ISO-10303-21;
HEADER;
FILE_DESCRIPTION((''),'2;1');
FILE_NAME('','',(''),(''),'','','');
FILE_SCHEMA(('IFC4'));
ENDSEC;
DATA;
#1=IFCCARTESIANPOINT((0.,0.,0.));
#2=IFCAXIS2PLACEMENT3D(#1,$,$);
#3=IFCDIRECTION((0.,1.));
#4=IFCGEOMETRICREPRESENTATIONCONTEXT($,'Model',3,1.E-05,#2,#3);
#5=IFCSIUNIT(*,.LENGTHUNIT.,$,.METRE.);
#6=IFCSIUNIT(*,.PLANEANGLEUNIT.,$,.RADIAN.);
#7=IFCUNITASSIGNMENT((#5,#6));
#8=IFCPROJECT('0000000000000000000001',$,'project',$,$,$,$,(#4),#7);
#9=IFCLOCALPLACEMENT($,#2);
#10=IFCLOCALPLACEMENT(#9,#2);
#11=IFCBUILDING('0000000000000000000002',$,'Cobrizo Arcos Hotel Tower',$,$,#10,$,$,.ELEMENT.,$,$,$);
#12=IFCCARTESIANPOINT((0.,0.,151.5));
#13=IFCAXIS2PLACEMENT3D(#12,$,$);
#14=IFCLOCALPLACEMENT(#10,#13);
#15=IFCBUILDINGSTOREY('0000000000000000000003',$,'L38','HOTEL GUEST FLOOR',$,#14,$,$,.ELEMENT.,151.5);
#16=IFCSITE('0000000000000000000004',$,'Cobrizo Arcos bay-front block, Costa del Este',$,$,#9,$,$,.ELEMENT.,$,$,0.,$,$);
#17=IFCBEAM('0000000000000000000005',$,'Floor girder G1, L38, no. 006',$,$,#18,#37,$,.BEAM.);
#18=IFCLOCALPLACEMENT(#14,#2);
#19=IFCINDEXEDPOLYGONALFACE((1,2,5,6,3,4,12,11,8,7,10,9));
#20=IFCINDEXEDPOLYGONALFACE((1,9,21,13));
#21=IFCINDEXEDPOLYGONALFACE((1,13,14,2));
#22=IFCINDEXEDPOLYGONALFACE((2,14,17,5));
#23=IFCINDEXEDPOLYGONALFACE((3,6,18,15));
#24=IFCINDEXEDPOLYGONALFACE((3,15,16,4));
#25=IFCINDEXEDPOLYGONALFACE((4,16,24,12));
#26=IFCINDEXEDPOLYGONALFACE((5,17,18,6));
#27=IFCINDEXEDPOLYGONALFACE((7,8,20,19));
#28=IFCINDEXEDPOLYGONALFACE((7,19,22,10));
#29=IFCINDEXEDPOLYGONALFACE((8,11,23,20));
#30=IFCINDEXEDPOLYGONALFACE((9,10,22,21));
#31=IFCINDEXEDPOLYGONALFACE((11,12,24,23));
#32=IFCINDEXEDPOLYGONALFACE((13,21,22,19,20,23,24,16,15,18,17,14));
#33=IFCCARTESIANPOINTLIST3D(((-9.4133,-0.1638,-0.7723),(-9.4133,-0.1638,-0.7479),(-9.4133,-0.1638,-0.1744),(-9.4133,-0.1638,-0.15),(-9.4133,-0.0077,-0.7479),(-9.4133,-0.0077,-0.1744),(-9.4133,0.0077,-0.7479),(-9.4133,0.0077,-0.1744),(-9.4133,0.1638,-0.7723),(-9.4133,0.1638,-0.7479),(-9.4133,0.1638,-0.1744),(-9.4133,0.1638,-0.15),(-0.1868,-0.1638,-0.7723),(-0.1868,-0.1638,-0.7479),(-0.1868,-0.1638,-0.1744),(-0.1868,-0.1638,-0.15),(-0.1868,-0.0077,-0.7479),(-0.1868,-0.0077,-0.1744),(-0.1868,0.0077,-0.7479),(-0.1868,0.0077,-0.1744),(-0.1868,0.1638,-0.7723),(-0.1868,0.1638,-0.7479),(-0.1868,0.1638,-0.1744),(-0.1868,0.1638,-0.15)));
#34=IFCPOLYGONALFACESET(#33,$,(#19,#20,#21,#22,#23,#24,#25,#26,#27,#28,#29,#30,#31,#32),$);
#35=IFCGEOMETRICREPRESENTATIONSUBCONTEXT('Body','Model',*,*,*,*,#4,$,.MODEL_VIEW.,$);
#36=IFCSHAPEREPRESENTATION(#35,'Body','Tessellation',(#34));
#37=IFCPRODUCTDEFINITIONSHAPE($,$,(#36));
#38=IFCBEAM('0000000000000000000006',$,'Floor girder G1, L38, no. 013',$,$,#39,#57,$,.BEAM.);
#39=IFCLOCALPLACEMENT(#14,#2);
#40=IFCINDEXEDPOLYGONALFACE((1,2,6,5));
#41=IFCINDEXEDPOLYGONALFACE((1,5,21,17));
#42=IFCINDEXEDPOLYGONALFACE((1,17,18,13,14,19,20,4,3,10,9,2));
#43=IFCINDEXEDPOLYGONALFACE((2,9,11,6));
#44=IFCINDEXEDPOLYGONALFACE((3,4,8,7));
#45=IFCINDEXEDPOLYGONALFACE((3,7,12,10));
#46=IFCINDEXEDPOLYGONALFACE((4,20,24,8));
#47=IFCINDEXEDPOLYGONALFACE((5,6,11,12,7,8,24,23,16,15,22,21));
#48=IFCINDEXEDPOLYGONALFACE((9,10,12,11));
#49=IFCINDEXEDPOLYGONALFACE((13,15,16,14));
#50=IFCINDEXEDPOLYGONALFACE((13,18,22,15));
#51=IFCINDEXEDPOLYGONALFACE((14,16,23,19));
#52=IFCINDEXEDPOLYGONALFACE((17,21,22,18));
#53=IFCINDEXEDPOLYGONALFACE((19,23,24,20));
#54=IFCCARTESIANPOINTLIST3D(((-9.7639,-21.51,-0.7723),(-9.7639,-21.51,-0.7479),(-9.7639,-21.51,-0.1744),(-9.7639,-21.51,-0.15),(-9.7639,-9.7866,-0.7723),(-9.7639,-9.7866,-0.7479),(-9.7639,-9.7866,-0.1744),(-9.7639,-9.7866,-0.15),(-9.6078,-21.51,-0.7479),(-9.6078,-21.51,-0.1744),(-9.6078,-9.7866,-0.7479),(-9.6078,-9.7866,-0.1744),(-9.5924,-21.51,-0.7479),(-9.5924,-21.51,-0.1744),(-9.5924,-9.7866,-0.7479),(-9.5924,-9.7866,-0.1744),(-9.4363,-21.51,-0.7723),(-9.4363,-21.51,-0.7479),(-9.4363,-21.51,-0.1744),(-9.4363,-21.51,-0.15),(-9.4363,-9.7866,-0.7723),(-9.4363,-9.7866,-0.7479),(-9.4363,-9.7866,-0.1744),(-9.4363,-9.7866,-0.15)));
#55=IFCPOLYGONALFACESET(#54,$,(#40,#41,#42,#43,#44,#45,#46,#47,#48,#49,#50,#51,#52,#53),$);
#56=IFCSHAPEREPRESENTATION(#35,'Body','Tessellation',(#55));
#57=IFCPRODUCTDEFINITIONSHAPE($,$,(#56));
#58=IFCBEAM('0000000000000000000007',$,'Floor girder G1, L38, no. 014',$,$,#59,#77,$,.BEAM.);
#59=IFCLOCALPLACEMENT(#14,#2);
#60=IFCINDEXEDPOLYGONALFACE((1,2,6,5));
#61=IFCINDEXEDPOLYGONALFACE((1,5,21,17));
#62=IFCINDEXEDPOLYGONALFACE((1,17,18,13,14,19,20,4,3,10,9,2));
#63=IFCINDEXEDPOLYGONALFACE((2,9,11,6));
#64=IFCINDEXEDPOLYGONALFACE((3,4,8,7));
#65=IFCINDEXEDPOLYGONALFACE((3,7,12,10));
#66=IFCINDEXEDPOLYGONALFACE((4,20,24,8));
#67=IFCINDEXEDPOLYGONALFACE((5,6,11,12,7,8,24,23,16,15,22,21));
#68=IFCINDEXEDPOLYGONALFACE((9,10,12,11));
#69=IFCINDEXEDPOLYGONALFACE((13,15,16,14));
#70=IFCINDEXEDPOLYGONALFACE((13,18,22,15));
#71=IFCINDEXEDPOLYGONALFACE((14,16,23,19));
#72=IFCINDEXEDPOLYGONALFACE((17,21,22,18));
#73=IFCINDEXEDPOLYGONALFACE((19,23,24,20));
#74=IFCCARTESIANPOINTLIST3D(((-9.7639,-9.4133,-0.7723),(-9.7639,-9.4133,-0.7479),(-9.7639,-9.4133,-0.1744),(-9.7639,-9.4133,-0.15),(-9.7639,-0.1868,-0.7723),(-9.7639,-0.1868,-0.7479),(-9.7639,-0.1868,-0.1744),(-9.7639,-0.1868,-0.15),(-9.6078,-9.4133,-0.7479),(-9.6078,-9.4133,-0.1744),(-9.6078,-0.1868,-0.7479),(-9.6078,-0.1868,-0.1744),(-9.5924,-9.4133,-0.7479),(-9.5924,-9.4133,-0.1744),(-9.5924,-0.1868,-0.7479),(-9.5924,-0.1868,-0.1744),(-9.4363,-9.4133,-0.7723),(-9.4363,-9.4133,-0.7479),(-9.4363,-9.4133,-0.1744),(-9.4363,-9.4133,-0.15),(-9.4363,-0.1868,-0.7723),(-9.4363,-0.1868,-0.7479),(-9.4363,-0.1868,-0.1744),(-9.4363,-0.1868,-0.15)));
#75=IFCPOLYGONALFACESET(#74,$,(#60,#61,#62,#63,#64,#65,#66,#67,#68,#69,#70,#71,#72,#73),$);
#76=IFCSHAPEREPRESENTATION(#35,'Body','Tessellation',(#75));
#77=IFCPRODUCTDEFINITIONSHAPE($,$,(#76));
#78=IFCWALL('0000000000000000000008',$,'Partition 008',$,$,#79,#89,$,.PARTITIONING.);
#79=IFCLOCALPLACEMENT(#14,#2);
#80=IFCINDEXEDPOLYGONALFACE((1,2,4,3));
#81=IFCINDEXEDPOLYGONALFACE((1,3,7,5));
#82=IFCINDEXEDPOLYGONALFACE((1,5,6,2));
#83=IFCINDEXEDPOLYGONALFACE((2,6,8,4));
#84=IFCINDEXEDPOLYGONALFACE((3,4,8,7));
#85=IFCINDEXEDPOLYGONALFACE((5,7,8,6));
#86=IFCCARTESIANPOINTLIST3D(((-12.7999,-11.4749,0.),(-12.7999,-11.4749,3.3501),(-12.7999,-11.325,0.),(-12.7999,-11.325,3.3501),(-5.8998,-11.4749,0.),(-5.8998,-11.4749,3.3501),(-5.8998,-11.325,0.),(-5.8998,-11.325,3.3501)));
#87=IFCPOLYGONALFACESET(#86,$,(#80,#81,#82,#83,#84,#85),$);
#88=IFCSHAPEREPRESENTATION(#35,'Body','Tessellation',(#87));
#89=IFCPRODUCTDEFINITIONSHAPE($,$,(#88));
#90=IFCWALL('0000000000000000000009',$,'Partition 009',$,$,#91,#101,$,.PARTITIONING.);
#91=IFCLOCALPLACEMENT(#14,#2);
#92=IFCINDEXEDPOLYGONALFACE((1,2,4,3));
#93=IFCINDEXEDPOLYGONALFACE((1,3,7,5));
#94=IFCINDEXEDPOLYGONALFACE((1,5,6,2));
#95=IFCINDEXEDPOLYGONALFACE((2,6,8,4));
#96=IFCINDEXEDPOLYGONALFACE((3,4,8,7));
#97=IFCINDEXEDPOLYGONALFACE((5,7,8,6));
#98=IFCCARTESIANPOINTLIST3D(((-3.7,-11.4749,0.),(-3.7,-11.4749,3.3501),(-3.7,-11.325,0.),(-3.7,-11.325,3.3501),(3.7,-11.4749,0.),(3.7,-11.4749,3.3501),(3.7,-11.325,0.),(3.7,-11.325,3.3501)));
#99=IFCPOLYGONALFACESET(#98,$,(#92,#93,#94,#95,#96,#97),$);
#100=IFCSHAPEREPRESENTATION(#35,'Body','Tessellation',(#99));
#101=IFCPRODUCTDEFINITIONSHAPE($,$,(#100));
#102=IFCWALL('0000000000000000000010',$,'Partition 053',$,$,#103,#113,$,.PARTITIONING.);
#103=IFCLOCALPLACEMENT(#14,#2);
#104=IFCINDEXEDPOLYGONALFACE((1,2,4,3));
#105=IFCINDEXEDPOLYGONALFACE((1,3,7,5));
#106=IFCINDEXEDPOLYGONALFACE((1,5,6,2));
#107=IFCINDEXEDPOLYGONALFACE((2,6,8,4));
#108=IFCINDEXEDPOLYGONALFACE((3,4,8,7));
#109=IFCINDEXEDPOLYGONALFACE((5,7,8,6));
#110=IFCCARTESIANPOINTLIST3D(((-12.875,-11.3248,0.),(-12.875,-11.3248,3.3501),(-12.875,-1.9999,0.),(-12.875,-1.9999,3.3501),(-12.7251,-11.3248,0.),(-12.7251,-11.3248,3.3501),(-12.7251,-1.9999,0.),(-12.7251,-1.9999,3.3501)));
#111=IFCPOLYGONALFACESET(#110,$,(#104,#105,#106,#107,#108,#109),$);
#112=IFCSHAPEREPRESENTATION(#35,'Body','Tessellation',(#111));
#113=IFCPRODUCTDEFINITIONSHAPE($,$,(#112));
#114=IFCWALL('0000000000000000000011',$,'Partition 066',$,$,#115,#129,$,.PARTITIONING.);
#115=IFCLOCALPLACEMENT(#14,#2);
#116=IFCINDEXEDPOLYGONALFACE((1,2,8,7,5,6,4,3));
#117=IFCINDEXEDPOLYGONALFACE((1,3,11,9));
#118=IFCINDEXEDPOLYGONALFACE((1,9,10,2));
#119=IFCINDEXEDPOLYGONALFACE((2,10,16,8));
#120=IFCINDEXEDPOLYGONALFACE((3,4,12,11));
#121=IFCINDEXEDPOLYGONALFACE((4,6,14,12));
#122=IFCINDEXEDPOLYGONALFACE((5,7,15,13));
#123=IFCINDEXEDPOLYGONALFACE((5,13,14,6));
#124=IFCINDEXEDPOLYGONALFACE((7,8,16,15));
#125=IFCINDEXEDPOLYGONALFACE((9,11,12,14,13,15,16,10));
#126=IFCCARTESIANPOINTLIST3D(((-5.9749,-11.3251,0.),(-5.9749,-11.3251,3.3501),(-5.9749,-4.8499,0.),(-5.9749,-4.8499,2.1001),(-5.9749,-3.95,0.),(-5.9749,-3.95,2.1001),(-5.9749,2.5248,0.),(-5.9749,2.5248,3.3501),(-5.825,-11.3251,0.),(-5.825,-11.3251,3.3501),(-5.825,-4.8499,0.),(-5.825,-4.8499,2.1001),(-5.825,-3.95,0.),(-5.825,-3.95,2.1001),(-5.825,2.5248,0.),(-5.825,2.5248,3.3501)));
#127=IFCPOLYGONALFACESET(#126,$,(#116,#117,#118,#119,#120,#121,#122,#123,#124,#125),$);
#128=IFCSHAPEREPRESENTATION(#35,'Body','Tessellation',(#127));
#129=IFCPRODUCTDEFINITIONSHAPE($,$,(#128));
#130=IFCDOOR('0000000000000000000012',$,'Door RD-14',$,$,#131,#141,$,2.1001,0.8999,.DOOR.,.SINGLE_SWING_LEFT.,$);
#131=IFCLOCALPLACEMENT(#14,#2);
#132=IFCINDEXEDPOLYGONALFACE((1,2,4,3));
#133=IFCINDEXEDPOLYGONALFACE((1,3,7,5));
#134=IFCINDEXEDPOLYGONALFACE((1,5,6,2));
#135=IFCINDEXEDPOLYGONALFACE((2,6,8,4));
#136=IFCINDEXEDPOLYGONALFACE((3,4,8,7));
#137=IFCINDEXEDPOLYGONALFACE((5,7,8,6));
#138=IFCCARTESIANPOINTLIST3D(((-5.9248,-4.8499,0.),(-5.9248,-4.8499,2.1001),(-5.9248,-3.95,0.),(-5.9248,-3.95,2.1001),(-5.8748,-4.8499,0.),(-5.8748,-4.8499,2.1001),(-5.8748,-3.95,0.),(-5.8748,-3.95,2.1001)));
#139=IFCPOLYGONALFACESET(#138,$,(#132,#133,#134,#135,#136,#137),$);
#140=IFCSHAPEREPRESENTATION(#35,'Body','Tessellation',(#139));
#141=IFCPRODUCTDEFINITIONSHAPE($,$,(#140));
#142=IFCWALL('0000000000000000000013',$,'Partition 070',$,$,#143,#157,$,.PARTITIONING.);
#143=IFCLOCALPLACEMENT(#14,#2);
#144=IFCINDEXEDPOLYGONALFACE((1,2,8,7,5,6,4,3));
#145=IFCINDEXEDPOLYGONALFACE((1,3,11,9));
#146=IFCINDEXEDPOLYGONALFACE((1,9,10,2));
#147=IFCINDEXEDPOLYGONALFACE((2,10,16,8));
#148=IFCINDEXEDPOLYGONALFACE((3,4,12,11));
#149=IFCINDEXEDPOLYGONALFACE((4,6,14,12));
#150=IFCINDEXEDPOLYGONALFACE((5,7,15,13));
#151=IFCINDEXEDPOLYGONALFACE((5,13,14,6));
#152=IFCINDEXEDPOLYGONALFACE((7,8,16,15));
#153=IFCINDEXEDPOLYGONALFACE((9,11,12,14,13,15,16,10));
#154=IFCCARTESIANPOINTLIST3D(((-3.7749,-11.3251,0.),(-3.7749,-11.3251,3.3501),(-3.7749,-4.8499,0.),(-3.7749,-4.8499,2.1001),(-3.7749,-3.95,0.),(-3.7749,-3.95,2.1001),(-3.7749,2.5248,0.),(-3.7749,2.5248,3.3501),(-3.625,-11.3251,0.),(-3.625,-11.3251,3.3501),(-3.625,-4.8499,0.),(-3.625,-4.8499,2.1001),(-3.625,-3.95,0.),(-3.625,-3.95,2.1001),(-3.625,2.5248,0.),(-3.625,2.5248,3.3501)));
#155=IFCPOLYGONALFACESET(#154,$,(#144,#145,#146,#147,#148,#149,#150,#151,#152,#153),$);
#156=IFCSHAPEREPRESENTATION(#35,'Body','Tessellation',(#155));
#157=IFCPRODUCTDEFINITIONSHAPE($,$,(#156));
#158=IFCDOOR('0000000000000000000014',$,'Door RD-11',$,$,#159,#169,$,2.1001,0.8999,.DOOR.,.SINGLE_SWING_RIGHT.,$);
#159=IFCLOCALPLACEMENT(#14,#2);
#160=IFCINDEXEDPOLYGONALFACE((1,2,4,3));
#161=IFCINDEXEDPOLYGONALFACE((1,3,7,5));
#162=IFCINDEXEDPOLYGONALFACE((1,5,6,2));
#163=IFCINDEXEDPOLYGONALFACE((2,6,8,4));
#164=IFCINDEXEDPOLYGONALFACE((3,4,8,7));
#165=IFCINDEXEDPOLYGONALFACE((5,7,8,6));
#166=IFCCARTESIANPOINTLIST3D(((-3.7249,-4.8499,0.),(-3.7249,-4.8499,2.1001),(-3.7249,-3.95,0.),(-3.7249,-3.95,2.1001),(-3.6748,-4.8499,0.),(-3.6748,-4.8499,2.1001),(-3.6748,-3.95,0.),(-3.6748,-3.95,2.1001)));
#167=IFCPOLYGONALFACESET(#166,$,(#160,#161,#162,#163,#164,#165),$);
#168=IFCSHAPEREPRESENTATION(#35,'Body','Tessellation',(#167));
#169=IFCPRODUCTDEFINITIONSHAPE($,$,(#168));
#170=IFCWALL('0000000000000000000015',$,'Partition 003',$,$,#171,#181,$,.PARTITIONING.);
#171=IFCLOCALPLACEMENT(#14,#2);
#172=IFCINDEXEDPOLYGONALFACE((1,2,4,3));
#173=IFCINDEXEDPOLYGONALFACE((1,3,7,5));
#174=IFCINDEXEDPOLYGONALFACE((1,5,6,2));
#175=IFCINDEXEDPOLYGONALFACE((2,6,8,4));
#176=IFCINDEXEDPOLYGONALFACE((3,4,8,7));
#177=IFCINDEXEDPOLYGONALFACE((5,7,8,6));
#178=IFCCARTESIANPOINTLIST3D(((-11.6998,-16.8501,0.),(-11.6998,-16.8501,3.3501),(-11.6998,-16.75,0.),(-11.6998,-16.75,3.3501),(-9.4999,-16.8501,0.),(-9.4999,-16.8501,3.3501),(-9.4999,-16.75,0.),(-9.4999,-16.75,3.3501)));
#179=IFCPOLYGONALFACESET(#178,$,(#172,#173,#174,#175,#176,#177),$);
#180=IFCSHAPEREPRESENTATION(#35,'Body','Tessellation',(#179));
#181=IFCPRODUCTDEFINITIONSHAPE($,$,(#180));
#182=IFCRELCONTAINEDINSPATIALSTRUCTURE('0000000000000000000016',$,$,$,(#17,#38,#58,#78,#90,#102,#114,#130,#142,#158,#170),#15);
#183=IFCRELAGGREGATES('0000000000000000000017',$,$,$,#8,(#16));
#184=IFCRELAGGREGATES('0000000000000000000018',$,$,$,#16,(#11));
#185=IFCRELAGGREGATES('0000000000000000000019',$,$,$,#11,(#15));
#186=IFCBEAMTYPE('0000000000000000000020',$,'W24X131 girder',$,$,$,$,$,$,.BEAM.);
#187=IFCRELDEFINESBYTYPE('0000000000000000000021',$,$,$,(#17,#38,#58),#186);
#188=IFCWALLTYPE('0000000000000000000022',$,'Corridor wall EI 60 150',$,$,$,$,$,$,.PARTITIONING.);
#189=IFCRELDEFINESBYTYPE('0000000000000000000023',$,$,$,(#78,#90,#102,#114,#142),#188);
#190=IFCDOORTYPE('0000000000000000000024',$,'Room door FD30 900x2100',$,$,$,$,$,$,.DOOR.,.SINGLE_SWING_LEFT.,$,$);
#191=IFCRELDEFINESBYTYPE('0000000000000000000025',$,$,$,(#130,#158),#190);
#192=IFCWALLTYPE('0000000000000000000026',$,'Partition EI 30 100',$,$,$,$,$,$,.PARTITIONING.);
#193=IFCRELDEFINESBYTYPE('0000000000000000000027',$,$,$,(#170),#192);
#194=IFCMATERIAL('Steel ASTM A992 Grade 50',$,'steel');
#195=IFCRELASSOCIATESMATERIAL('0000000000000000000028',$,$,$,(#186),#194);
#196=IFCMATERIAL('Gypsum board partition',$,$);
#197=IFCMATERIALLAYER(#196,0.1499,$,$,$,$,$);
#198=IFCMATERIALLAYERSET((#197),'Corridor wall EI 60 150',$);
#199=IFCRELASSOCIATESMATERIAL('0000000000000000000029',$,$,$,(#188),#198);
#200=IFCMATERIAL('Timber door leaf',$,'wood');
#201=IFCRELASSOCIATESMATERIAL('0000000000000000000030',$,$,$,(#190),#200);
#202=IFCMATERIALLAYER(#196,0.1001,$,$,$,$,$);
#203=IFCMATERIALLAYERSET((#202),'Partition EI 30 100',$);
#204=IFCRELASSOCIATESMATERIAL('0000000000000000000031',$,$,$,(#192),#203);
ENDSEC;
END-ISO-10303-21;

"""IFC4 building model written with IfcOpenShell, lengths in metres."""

from ifc_helpers import new_model, si_unit, direction, frame, frame_2d, origin, origin_2d, place, context, subcontext, project, spatial, rectangle, i_section, extrude, material, layer, layer_set, material_profile, profile_set, type_object, element, fill, save


model = new_model("IFC4")

# Units and contexts
model_context = context("Model", 3, precision=1e-05, world=origin(), true_north=direction((0.0, 1.0)))
body_context = subcontext(model_context, "Body", "Model", "MODEL_VIEW")
ifc_project = project(units=[si_unit("LENGTHUNIT", "METRE"), si_unit("PLANEANGLEUNIT", "RADIAN")], contexts=[model_context])

# Site, building, storey
site_placement = place(None, origin())
site = spatial("IfcSite", under=ifc_project, at=site_placement, Name="Cobrizo Arcos bay-front block, Costa del Este", CompositionType="ELEMENT", RefElevation=0.0)
building_placement = place(site_placement, origin())
building = spatial("IfcBuilding", under=site, at=building_placement, Name="Cobrizo Arcos Hotel Tower", CompositionType="ELEMENT")
storey_placement = place(building_placement, frame((0.0, 0.0, 151.5)))
storey = spatial("IfcBuildingStorey", under=building, at=storey_placement, Name="L38", Description="HOTEL GUEST FLOOR", CompositionType="ELEMENT", Elevation=151.5)

# Shared definitions
ifc_material_1 = material(Name="Steel ASTM A992 Grade 50", Category="steel")

# Beams
ifc_material_profile_1 = material_profile(ifc_material_1, i_section(OverallWidth=0.3276, OverallDepth=0.6223, WebThickness=0.0154, FlangeThickness=0.0244, at=origin_2d()), Name="W24X131")
ifc_profile_set_1 = profile_set([ifc_material_profile_1], Name="Steel ASTM A992 Grade 50")
beam_type_1 = type_object("IfcBeamType", Name="W24X131 girder", PredefinedType="BEAM", material=ifc_profile_set_1)
beam_1_placement = place(storey_placement, frame((-9.4133, 0.0, -0.4612), z_axis=(1.0, 0.0, 0.0), x_axis=(0.0, 1.0, 0.0)))
element("IfcBeam", 1, at=beam_1_placement, inside=storey, type_object=beam_type_1, Name="Floor girder G1, L38, no. 006", PredefinedType="BEAM", context=body_context, shape_type="SweptSolid", body=[
    extrude(i_section(OverallWidth=0.3276, OverallDepth=0.6223, WebThickness=0.0154, FlangeThickness=0.0244, at=origin_2d()), origin(), (0.0, 0.0, 1.0), 9.2266),
])
beam_2_placement = place(storey_placement, frame((-9.6001, -21.51, -0.4612), z_axis=(0.0, 1.0, 0.0), x_axis=(-1.0, 0.0, 0.0)))
element("IfcBeam", 2, at=beam_2_placement, inside=storey, type_object=beam_type_1, Name="Floor girder G1, L38, no. 013", PredefinedType="BEAM", context=body_context, shape_type="SweptSolid", body=[
    extrude(i_section(OverallWidth=0.3276, OverallDepth=0.6223, WebThickness=0.0154, FlangeThickness=0.0244, at=origin_2d()), origin(), (0.0, 0.0, 1.0), 11.7234),
])
beam_3_placement = place(storey_placement, frame((-9.6001, -9.4133, -0.4612), z_axis=(0.0, 1.0, 0.0), x_axis=(-1.0, 0.0, 0.0)))
element("IfcBeam", 3, at=beam_3_placement, inside=storey, type_object=beam_type_1, Name="Floor girder G1, L38, no. 014", PredefinedType="BEAM", context=body_context, shape_type="SweptSolid", body=[
    extrude(i_section(OverallWidth=0.3276, OverallDepth=0.6223, WebThickness=0.0154, FlangeThickness=0.0244, at=origin_2d()), origin(), (0.0, 0.0, 1.0), 9.2266),
])

# Walls
ifc_material_2 = material(Name="Gypsum board partition")
ifc_layer_1 = layer(ifc_material_2, 0.1499)
ifc_layer_set_1 = layer_set([ifc_layer_1], Name="Corridor wall EI 60 150")
wall_type_1 = type_object("IfcWallType", Name="Corridor wall EI 60 150", PredefinedType="PARTITIONING", material=ifc_layer_set_1)
wall_1_placement = place(storey_placement, frame((-12.8, -11.3999, 0.0), z_axis=(0.0, 0.0, 1.0), x_axis=(1.0, 0.0, 0.0)))
element("IfcWall", 4, at=wall_1_placement, inside=storey, type_object=wall_type_1, Name="Partition 008", PredefinedType="PARTITIONING", context=body_context, shape_type="SweptSolid", body=[
    extrude(rectangle(XDim=6.9001, YDim=0.1499, at=frame_2d((3.4502, 0.0))), origin(), (0.0, 0.0, 1.0), 3.3501),
])
wall_2_placement = place(storey_placement, frame((-3.7, -11.3999, 0.0), z_axis=(0.0, 0.0, 1.0), x_axis=(1.0, 0.0, 0.0)))
element("IfcWall", 5, at=wall_2_placement, inside=storey, type_object=wall_type_1, Name="Partition 009", PredefinedType="PARTITIONING", context=body_context, shape_type="SweptSolid", body=[
    extrude(rectangle(XDim=7.3999, YDim=0.1499, at=frame_2d((3.7, 0.0))), origin(), (0.0, 0.0, 1.0), 3.3501),
])
wall_3_placement = place(storey_placement, frame((-12.8, -11.325, 0.0), z_axis=(0.0, 0.0, 1.0), x_axis=(0.0, 1.0, 0.0)))
element("IfcWall", 6, at=wall_3_placement, inside=storey, type_object=wall_type_1, Name="Partition 053", PredefinedType="PARTITIONING", context=body_context, shape_type="SweptSolid", body=[
    extrude(rectangle(XDim=9.325, YDim=0.1499, at=frame_2d((4.6626, 0.0))), origin(), (0.0, 0.0, 1.0), 3.3501),
])

# Walls, openings, doors
wall_4_placement = place(storey_placement, frame((-5.8999, -11.325, 0.0), z_axis=(0.0, 0.0, 1.0), x_axis=(0.0, 1.0, 0.0)))
wall_4 = element("IfcWall", 7, at=wall_4_placement, inside=storey, type_object=wall_type_1, Name="Partition 066", PredefinedType="PARTITIONING", context=body_context, shape_type="SweptSolid", body=[
    extrude(rectangle(XDim=13.8499, YDim=0.1499, at=frame_2d((6.9248, 0.0))), origin(), (0.0, 0.0, 1.0), 3.3501),
])
opening_1_placement = place(wall_4_placement, frame((6.4751, 0.0, 0.0)))
opening_1 = element("IfcOpeningElement", 8, at=opening_1_placement, cuts=wall_4, PredefinedType="OPENING", context=body_context, shape_type="SweptSolid", body=[
    extrude(rectangle(XDim=0.8999, YDim=2.1001, at=frame_2d((0.45, 1.05))), frame((0.0, 0.0869, 0.0), z_axis=(0.0, -1.0, 0.0), x_axis=(1.0, 0.0, 0.0)), (0.0, 0.0, 1.0), 0.1738),
])
ifc_material_3 = material(Name="Timber door leaf", Category="wood")
door_type_1 = type_object("IfcDoorType", Name="Room door FD30 900x2100", OperationType="SINGLE_SWING_LEFT", PredefinedType="DOOR", material=ifc_material_3)
door_1_placement = place(opening_1_placement, origin())
door_1 = element("IfcDoor", 9, at=door_1_placement, inside=storey, type_object=door_type_1, Name="Door RD-14", OperationType="SINGLE_SWING_LEFT", OverallHeight=2.1001, OverallWidth=0.8999, PredefinedType="DOOR", context=body_context, shape_type="SweptSolid", body=[
    extrude(rectangle(XDim=0.8999, YDim=2.1001, at=frame_2d((0.45, 1.05))), frame((0.0, 0.0249, 0.0), z_axis=(0.0, -1.0, 0.0), x_axis=(1.0, 0.0, 0.0)), (0.0, 0.0, 1.0), 0.05),
])
fill(opening_1, door_1)
wall_5_placement = place(storey_placement, frame((-3.7, -11.325, 0.0), z_axis=(0.0, 0.0, 1.0), x_axis=(0.0, 1.0, 0.0)))
wall_5 = element("IfcWall", 10, at=wall_5_placement, inside=storey, type_object=wall_type_1, Name="Partition 070", PredefinedType="PARTITIONING", context=body_context, shape_type="SweptSolid", body=[
    extrude(rectangle(XDim=13.8499, YDim=0.1499, at=frame_2d((6.9248, 0.0))), origin(), (0.0, 0.0, 1.0), 3.3501),
])
opening_2_placement = place(wall_5_placement, frame((6.4751, 0.0, 0.0)))
opening_2 = element("IfcOpeningElement", 11, at=opening_2_placement, cuts=wall_5, PredefinedType="OPENING", context=body_context, shape_type="SweptSolid", body=[
    extrude(rectangle(XDim=0.8999, YDim=2.1001, at=frame_2d((0.45, 1.05))), frame((0.0, 0.0869, 0.0), z_axis=(0.0, -1.0, 0.0), x_axis=(1.0, 0.0, 0.0)), (0.0, 0.0, 1.0), 0.1738),
])
door_2_placement = place(opening_2_placement, origin())
door_2 = element("IfcDoor", 12, at=door_2_placement, inside=storey, type_object=door_type_1, Name="Door RD-11", OperationType="SINGLE_SWING_RIGHT", OverallHeight=2.1001, OverallWidth=0.8999, PredefinedType="DOOR", context=body_context, shape_type="SweptSolid", body=[
    extrude(rectangle(XDim=0.8999, YDim=2.1001, at=frame_2d((0.45, 1.05))), frame((0.0, 0.0249, 0.0), z_axis=(0.0, -1.0, 0.0), x_axis=(1.0, 0.0, 0.0)), (0.0, 0.0, 1.0), 0.05),
])
fill(opening_2, door_2)

# Wall
ifc_layer_2 = layer(ifc_material_2, 0.1001)
ifc_layer_set_2 = layer_set([ifc_layer_2], Name="Partition EI 30 100")
wall_type_2 = type_object("IfcWallType", Name="Partition EI 30 100", PredefinedType="PARTITIONING", material=ifc_layer_set_2)
wall_6_placement = place(storey_placement, frame((-11.7, -16.8, 0.0), z_axis=(0.0, 0.0, 1.0), x_axis=(1.0, 0.0, 0.0)))
element("IfcWall", 13, at=wall_6_placement, inside=storey, type_object=wall_type_2, Name="Partition 003", PredefinedType="PARTITIONING", context=body_context, shape_type="SweptSolid", body=[
    extrude(rectangle(XDim=2.2, YDim=0.1001, at=frame_2d((1.1001, 0.0))), origin(), (0.0, 0.0, 1.0), 3.3501),
])

save(model, "model.ifc")
